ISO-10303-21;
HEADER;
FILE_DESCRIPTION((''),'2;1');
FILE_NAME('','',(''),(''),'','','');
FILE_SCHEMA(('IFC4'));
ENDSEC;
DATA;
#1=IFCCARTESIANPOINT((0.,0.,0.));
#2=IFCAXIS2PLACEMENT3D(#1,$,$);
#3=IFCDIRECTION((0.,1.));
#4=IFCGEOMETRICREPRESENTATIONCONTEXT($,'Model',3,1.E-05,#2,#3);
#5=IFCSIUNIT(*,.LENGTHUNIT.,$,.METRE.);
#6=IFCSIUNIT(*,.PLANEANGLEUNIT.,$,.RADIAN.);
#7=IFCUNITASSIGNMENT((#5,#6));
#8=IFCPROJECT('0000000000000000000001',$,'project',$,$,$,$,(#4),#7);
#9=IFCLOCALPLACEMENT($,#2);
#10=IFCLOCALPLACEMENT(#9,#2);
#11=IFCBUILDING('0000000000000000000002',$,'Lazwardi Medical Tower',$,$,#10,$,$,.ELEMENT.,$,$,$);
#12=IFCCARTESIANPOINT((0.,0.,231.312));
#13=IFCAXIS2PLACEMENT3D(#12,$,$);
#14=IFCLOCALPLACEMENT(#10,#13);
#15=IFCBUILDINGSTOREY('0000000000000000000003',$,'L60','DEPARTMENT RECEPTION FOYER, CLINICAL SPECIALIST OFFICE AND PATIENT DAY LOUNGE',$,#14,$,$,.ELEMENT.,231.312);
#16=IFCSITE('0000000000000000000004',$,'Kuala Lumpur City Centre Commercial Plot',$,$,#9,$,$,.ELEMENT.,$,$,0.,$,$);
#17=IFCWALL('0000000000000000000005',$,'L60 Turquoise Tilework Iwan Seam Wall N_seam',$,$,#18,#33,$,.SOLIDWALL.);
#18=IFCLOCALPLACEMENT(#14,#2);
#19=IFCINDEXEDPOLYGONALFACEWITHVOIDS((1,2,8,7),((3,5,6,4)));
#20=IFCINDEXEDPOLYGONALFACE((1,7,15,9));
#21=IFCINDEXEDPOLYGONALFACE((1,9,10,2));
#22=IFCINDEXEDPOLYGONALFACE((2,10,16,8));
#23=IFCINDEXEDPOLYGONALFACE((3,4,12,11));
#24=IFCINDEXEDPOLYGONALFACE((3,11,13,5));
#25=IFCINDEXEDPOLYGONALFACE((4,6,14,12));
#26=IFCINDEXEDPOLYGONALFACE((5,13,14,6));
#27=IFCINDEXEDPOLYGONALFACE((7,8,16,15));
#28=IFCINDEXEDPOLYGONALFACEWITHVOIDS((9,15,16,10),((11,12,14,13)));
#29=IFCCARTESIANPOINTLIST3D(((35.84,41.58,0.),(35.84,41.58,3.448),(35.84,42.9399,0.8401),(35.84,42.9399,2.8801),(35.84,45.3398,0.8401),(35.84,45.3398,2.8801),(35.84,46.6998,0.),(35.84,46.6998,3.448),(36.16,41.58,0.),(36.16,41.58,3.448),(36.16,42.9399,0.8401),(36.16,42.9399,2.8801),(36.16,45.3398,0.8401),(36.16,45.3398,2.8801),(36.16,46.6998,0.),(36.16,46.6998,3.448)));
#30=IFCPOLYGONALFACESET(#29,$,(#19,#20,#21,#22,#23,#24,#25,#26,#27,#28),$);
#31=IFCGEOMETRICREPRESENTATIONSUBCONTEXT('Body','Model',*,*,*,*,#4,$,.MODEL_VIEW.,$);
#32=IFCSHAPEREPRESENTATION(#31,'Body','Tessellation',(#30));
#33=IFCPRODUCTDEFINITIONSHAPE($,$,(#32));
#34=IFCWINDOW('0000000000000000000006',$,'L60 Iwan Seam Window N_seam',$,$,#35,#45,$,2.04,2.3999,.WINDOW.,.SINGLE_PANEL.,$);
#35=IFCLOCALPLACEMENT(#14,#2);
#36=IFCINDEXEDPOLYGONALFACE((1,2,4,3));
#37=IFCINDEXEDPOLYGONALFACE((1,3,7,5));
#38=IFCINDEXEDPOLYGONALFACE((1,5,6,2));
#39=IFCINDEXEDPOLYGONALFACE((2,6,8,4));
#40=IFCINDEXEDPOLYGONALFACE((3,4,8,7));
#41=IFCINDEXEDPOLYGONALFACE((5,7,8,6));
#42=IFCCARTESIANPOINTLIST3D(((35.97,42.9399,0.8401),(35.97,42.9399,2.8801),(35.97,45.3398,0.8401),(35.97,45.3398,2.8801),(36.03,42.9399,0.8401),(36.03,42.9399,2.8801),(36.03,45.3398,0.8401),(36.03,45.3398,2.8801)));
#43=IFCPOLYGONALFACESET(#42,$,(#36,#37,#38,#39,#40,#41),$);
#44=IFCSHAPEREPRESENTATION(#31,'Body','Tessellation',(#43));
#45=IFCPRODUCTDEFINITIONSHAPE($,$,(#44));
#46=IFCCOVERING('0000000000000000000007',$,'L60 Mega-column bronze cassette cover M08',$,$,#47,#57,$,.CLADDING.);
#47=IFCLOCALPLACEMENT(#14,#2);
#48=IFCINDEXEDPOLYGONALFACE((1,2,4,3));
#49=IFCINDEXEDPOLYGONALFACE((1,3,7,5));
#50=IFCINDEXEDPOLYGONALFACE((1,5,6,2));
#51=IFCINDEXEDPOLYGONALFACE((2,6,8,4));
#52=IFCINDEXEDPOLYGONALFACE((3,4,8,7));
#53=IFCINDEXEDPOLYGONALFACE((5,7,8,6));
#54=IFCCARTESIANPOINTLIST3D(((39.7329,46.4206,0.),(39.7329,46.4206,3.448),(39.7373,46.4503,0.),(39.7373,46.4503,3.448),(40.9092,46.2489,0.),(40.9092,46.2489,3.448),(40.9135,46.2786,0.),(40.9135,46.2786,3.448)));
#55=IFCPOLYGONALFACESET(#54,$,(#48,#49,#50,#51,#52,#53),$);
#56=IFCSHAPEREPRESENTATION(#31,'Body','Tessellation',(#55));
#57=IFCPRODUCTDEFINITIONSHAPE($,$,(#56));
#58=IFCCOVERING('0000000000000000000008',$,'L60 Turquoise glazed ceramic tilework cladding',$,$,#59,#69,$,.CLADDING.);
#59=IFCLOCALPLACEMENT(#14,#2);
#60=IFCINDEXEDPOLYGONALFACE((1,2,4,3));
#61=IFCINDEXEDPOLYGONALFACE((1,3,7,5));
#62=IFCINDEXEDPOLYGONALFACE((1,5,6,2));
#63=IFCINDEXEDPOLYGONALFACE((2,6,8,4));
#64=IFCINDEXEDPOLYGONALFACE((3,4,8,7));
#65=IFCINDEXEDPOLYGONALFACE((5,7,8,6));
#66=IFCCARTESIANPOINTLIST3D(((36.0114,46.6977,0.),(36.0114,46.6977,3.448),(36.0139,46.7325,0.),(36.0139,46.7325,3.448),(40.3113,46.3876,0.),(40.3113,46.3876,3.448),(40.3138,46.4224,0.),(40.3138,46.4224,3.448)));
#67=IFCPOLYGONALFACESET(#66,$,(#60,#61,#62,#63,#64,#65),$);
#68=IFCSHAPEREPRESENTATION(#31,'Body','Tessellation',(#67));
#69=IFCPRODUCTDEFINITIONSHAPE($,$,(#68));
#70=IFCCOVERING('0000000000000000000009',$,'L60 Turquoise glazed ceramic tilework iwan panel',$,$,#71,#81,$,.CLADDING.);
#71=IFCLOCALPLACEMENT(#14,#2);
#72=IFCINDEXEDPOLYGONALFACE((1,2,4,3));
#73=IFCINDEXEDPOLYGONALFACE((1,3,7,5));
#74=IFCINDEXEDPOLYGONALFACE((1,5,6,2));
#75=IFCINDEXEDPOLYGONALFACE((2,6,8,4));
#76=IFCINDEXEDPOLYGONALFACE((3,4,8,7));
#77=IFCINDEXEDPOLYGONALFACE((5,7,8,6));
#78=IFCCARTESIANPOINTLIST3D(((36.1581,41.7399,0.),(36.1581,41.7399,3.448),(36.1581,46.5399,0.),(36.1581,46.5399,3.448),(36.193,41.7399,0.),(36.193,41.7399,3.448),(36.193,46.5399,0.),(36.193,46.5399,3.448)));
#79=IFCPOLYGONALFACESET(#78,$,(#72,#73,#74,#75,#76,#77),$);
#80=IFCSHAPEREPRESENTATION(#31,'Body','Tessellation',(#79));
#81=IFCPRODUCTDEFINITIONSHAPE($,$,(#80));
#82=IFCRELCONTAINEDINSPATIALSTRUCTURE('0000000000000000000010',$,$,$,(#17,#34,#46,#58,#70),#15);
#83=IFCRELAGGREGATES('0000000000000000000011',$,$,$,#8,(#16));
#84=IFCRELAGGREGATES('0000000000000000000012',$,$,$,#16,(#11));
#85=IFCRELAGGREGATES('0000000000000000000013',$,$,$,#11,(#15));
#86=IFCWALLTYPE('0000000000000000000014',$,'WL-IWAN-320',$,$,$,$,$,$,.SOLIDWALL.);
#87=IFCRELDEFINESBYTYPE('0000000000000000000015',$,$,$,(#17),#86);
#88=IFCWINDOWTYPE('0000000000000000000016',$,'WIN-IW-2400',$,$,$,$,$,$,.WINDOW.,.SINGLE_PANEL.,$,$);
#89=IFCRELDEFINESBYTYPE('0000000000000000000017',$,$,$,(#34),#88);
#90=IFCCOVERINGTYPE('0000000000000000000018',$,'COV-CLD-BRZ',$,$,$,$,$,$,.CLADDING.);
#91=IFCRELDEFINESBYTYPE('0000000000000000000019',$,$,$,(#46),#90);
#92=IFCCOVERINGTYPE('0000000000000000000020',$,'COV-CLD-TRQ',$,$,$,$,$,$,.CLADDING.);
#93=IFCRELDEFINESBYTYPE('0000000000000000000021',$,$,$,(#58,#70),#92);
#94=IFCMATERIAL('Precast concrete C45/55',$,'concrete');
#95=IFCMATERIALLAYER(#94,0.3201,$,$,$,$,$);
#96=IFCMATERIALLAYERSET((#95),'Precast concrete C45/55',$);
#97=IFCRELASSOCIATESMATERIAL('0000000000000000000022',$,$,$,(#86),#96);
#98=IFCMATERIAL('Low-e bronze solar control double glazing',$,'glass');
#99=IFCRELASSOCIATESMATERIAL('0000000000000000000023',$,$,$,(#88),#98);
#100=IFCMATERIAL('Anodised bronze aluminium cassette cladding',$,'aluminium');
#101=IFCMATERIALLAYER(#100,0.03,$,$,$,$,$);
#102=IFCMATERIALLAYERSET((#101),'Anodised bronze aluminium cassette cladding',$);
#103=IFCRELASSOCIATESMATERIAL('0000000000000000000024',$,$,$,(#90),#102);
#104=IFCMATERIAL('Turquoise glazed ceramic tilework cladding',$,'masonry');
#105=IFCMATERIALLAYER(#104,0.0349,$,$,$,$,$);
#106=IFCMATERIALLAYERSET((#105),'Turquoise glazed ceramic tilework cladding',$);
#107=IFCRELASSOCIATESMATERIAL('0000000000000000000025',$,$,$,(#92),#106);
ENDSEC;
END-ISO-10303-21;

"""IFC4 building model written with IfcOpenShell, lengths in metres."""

from ifc_helpers import new_model, si_unit, direction, frame, frame_2d, origin, origin_2d, place, context, subcontext, project, spatial, rectangle, extrude, material, layer, layer_set, type_object, element, fill, save


model = new_model("IFC4")

# Units and contexts
model_context = context("Model", 3, precision=1e-05, world=origin(), true_north=direction((0.0, 1.0)))
body_context = subcontext(model_context, "Body", "Model", "MODEL_VIEW")
ifc_project = project(units=[si_unit("LENGTHUNIT", "METRE"), si_unit("PLANEANGLEUNIT", "RADIAN")], contexts=[model_context])

# Site, building, storey
site_placement = place(None, origin())
site = spatial("IfcSite", under=ifc_project, at=site_placement, Name="Kuala Lumpur City Centre Commercial Plot", CompositionType="ELEMENT", RefElevation=0.0)
building_placement = place(site_placement, origin())
building = spatial("IfcBuilding", under=site, at=building_placement, Name="Lazwardi Medical Tower", CompositionType="ELEMENT")
storey_placement = place(building_placement, frame((0.0, 0.0, 231.312)))
storey = spatial("IfcBuildingStorey", under=building, at=storey_placement, Name="L60", Description="DEPARTMENT RECEPTION FOYER, CLINICAL SPECIALIST OFFICE AND PATIENT DAY LOUNGE", CompositionType="ELEMENT", Elevation=231.312)

# Shared definitions
ifc_material_1 = material(Name="Low-e bronze solar control double glazing", Category="glass")

# Wall, opening, window
ifc_material_2 = material(Name="Precast concrete C45/55", Category="concrete")
ifc_layer_1 = layer(ifc_material_2, 0.3201)
ifc_layer_set_1 = layer_set([ifc_layer_1], Name="Precast concrete C45/55")
wall_type = type_object("IfcWallType", Name="WL-IWAN-320", PredefinedType="SOLIDWALL", material=ifc_layer_set_1)
wall_1_placement = place(storey_placement, frame((36.0, 46.7, 0.0), z_axis=(0.0, 0.0, 1.0), x_axis=(0.0, -1.0, 0.0)))
wall_1 = element("IfcWall", 1, at=wall_1_placement, inside=storey, type_object=wall_type, Name="L60 Turquoise Tilework Iwan Seam Wall N_seam", PredefinedType="SOLIDWALL", context=body_context, shape_type="SweptSolid", body=[
    extrude(rectangle(XDim=5.1199, YDim=0.3201, at=frame_2d((2.5601, 0.0))), origin(), (0.0, 0.0, 1.0), 3.448),
])
opening_1_placement = place(wall_1_placement, frame((1.3601, 0.0, 0.8401)))
opening_1 = element("IfcOpeningElement", 2, at=opening_1_placement, cuts=wall_1, PredefinedType="OPENING", context=body_context, shape_type="SweptSolid", body=[
    extrude(rectangle(XDim=2.3999, YDim=2.04, at=frame_2d((1.2, 1.02))), frame((0.0, 0.1699, 0.0), z_axis=(0.0, -1.0, 0.0), x_axis=(1.0, 0.0, 0.0)), (0.0, 0.0, 1.0), 0.3401),
])
window_type_1 = type_object("IfcWindowType", Name="WIN-IW-2400", PartitioningType="SINGLE_PANEL", PredefinedType="WINDOW", material=ifc_material_1)
window_1_placement = place(opening_1_placement, origin())
window_1 = element("IfcWindow", 3, at=window_1_placement, inside=storey, type_object=window_type_1, Name="L60 Iwan Seam Window N_seam", OverallHeight=2.04, OverallWidth=2.3999, PartitioningType="SINGLE_PANEL", PredefinedType="WINDOW", context=body_context, shape_type="SweptSolid", body=[
    extrude(rectangle(XDim=2.3999, YDim=2.04, at=frame_2d((1.2, 1.02))), frame((0.0, 0.03, 0.0), z_axis=(0.0, -1.0, 0.0), x_axis=(1.0, 0.0, 0.0)), (0.0, 0.0, 1.0), 0.0601),
])
fill(opening_1, window_1)

# Coverings
ifc_material_3 = material(Name="Anodised bronze aluminium cassette cladding", Category="aluminium")
ifc_layer_2 = layer(ifc_material_3, 0.03)
ifc_layer_set_2 = layer_set([ifc_layer_2], Name="Anodised bronze aluminium cassette cladding")
covering_type_1 = type_object("IfcCoveringType", Name="COV-CLD-BRZ", PredefinedType="CLADDING", material=ifc_layer_set_2)
covering_1_placement = place(storey_placement, frame((40.3232, 46.3496, 0.0), z_axis=(0.0, 0.0, 1.0), x_axis=(-0.989512, 0.144448, 0.0)))
element("IfcCovering", 4, at=covering_1_placement, inside=storey, type_object=covering_type_1, Name="L60 Mega-column bronze cassette cover M08", PredefinedType="CLADDING", context=body_context, shape_type="SweptSolid", body=[
    extrude(rectangle(XDim=1.1887, YDim=0.03, at=origin_2d()), origin(), (0.0, 0.0, 1.0), 3.448),
])
ifc_material_4 = material(Name="Turquoise glazed ceramic tilework cladding", Category="masonry")
ifc_layer_3 = layer(ifc_material_4, 0.0349)
ifc_layer_set_3 = layer_set([ifc_layer_3], Name="Turquoise glazed ceramic tilework cladding")
covering_type_2 = type_object("IfcCoveringType", Name="COV-CLD-TRQ", PredefinedType="CLADDING", material=ifc_layer_set_3)
covering_2_placement = place(storey_placement, frame((38.1626, 46.5601, 0.0), z_axis=(0.0, 0.0, 1.0), x_axis=(-0.997409, 0.071933, 0.0)))
element("IfcCovering", 5, at=covering_2_placement, inside=storey, type_object=covering_type_2, Name="L60 Turquoise glazed ceramic tilework cladding", PredefinedType="CLADDING", context=body_context, shape_type="SweptSolid", body=[
    extrude(rectangle(XDim=4.311, YDim=0.0349, at=origin_2d()), origin(), (0.0, 0.0, 1.0), 3.448),
])
covering_3_placement = place(storey_placement, frame((36.1755, 44.1399, 0.0), z_axis=(0.0, 0.0, 1.0), x_axis=(0.0, -1.0, 0.0)))
element("IfcCovering", 6, at=covering_3_placement, inside=storey, type_object=covering_type_2, Name="L60 Turquoise glazed ceramic tilework iwan panel", PredefinedType="CLADDING", context=body_context, shape_type="SweptSolid", body=[
    extrude(rectangle(XDim=4.8, YDim=0.0349, at=origin_2d()), origin(), (0.0, 0.0, 1.0), 3.448),
])

save(model, "model.ifc")
